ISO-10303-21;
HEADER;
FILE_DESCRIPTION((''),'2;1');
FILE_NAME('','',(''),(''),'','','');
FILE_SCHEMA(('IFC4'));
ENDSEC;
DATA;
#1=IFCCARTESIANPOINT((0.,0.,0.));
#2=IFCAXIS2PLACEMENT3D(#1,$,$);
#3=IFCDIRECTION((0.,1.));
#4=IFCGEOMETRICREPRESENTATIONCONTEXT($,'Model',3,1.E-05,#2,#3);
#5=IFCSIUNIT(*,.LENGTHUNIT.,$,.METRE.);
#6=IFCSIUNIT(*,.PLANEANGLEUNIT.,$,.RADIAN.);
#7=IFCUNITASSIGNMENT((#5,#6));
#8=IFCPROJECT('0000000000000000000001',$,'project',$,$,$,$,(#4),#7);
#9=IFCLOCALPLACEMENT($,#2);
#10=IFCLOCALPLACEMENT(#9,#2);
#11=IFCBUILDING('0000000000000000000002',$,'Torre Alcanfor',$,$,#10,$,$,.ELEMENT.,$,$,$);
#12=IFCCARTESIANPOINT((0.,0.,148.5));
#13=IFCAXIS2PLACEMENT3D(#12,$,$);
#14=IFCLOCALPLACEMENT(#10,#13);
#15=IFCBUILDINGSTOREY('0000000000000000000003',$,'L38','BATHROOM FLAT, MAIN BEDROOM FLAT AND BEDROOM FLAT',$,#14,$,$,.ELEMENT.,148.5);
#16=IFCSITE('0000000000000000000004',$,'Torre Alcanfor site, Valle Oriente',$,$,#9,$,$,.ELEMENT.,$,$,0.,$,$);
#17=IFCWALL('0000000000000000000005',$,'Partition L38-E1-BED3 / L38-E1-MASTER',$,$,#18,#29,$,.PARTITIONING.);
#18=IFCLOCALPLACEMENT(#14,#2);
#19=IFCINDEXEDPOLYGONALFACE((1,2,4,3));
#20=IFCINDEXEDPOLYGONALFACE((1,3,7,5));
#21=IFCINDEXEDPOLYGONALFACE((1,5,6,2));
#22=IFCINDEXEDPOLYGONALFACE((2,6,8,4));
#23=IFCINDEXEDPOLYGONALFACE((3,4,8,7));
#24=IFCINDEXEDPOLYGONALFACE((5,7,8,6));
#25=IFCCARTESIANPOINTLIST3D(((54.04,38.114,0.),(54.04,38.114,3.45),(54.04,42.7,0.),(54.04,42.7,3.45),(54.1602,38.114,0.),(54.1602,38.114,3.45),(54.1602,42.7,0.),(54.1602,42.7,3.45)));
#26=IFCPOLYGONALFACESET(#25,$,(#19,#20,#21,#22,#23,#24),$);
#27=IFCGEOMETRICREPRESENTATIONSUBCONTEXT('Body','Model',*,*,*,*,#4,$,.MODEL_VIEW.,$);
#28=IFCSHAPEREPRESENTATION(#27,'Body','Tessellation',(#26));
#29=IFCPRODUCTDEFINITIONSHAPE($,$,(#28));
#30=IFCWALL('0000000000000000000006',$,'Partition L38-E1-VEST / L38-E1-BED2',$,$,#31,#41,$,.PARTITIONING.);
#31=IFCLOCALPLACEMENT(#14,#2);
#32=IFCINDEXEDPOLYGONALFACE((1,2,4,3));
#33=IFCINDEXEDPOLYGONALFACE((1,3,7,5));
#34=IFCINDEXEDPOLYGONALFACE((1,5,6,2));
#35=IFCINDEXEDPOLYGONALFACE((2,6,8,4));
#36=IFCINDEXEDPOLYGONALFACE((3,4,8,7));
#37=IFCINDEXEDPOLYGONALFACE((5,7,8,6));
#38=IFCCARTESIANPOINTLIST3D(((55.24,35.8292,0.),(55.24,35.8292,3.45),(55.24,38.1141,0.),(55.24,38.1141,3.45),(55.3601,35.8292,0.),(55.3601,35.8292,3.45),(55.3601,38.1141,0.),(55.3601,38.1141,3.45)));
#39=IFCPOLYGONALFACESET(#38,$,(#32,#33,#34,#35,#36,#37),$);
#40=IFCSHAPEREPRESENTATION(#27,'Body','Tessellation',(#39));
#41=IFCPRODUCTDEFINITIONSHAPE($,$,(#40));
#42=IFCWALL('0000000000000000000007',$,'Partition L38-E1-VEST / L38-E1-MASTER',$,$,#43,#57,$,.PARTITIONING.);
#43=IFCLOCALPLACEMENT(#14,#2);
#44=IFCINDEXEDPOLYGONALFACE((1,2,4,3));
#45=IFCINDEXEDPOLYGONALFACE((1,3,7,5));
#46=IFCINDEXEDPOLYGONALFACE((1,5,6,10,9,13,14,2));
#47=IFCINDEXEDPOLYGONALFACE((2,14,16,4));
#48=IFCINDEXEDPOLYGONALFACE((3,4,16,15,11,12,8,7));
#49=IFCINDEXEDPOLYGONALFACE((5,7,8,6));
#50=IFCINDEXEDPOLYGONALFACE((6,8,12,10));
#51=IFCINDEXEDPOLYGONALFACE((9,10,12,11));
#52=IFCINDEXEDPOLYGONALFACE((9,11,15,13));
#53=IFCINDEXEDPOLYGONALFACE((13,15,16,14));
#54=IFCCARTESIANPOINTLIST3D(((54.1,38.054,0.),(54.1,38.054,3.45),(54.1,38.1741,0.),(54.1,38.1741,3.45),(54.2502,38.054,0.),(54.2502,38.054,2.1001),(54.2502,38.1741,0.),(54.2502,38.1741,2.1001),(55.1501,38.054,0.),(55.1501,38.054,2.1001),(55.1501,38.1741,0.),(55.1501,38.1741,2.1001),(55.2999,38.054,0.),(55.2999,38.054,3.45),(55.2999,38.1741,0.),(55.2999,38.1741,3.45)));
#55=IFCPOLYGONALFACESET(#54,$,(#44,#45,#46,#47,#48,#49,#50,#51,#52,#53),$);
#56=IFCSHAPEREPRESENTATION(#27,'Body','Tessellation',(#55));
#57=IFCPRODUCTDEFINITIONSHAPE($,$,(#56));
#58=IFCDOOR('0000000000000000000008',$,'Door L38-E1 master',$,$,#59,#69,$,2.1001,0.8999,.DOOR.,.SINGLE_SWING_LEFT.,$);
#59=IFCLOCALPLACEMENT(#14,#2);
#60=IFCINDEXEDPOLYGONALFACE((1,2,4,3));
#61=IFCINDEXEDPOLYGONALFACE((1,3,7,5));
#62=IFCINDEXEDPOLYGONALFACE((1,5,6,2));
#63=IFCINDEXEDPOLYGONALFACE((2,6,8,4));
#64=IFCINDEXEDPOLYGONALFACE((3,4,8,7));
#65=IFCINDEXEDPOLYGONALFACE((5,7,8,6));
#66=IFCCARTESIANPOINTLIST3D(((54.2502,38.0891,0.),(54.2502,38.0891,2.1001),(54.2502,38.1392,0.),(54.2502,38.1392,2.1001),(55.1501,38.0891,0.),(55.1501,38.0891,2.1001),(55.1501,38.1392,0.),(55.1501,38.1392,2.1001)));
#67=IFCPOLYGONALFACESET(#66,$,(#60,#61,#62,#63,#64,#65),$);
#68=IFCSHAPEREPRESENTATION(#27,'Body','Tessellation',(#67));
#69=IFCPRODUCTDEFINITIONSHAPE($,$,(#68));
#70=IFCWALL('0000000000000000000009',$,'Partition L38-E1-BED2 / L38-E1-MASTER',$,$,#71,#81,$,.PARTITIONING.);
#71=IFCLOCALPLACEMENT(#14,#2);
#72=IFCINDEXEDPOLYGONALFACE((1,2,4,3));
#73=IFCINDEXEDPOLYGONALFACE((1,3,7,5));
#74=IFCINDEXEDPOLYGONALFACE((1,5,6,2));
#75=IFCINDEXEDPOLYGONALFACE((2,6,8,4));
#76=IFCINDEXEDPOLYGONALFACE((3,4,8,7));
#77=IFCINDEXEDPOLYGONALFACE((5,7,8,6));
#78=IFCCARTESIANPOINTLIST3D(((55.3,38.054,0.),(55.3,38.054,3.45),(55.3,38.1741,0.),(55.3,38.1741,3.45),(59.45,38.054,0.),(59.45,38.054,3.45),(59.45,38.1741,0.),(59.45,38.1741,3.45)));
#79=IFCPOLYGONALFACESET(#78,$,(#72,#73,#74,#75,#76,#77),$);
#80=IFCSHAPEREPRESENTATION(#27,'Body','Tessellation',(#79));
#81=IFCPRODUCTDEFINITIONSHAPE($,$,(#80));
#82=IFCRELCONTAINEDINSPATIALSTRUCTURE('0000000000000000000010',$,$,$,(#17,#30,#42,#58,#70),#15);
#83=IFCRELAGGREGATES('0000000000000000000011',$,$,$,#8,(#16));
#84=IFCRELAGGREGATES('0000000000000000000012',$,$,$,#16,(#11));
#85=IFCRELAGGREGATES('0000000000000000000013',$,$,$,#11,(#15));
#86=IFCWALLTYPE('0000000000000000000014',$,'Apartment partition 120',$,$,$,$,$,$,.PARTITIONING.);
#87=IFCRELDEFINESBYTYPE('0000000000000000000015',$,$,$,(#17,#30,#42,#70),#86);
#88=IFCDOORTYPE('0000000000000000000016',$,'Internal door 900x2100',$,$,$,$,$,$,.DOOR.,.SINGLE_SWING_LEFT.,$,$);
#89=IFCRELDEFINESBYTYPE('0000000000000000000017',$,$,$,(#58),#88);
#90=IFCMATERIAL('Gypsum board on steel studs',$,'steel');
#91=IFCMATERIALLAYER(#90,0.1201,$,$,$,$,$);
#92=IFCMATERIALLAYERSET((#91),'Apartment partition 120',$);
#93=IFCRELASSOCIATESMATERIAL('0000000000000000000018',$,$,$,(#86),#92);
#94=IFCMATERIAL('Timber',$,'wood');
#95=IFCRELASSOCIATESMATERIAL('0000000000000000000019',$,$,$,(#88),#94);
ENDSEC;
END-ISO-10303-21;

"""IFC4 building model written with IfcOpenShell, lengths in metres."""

from ifc_helpers import new_model, si_unit, direction, frame, frame_2d, origin, place, context, subcontext, project, spatial, rectangle, extrude, material, layer, layer_set, type_object, element, fill, save


model = new_model("IFC4")

# Units and contexts
model_context = context("Model", 3, precision=1e-05, world=origin(), true_north=direction((0.0, 1.0)))
body_context = subcontext(model_context, "Body", "Model", "MODEL_VIEW")
ifc_project = project(units=[si_unit("LENGTHUNIT", "METRE"), si_unit("PLANEANGLEUNIT", "RADIAN")], contexts=[model_context])

# Site, building, storey
site_placement = place(None, origin())
site = spatial("IfcSite", under=ifc_project, at=site_placement, Name="Torre Alcanfor site, Valle Oriente", CompositionType="ELEMENT", RefElevation=0.0)
building_placement = place(site_placement, origin())
building = spatial("IfcBuilding", under=site, at=building_placement, Name="Torre Alcanfor", CompositionType="ELEMENT")
storey_placement = place(building_placement, frame((0.0, 0.0, 148.5)))
storey = spatial("IfcBuildingStorey", under=building, at=storey_placement, Name="L38", Description="BATHROOM FLAT, MAIN BEDROOM FLAT AND BEDROOM FLAT", CompositionType="ELEMENT", Elevation=148.5)

# Shared definitions
ifc_material_1 = material(Name="Gypsum board on steel studs", Category="steel")
ifc_layer_1 = layer(ifc_material_1, 0.1201)
ifc_layer_set_1 = layer_set([ifc_layer_1], Name="Apartment partition 120")
wall_type_1 = type_object("IfcWallType", Name="Apartment partition 120", PredefinedType="PARTITIONING", material=ifc_layer_set_1)
ifc_material_2 = material(Name="Timber", Category="wood")
door_type_1 = type_object("IfcDoorType", Name="Internal door 900x2100", OperationType="SINGLE_SWING_LEFT", PredefinedType="DOOR", material=ifc_material_2)

# Walls
wall_1_placement = place(storey_placement, frame((54.1001, 38.114, 0.0), z_axis=(0.0, 0.0, 1.0), x_axis=(0.0, 1.0, 0.0)))
element("IfcWall", 1, at=wall_1_placement, inside=storey, type_object=wall_type_1, Name="Partition L38-E1-BED3 / L38-E1-MASTER", PredefinedType="PARTITIONING", context=body_context, shape_type="SweptSolid", body=[
    extrude(rectangle(XDim=4.5859, YDim=0.1201, at=frame_2d((2.293, 0.0))), origin(), (0.0, 0.0, 1.0), 3.45),
])
wall_2_placement = place(storey_placement, frame((55.3, 35.8291, 0.0), z_axis=(0.0, 0.0, 1.0), x_axis=(0.0, 1.0, 0.0)))
element("IfcWall", 2, at=wall_2_placement, inside=storey, type_object=wall_type_1, Name="Partition L38-E1-VEST / L38-E1-BED2", PredefinedType="PARTITIONING", context=body_context, shape_type="SweptSolid", body=[
    extrude(rectangle(XDim=2.2849, YDim=0.1201, at=frame_2d((1.1426, 0.0))), origin(), (0.0, 0.0, 1.0), 3.45),
])

# Wall, opening, door
wall_3_placement = place(storey_placement, frame((55.3, 38.114, 0.0), z_axis=(0.0, 0.0, 1.0), x_axis=(-1.0, 0.0, 0.0)))
wall_3 = element("IfcWall", 3, at=wall_3_placement, inside=storey, type_object=wall_type_1, Name="Partition L38-E1-VEST / L38-E1-MASTER", PredefinedType="PARTITIONING", context=body_context, shape_type="SweptSolid", body=[
    extrude(rectangle(XDim=1.2, YDim=0.1201, at=frame_2d((0.6001, 0.0))), origin(), (0.0, 0.0, 1.0), 3.45),
])
opening_1_placement = place(wall_3_placement, frame((0.1499, 0.0, 0.0)))
opening_1 = element("IfcOpeningElement", 4, at=opening_1_placement, cuts=wall_3, PredefinedType="OPENING", context=body_context, shape_type="SweptSolid", body=[
    extrude(rectangle(XDim=0.8999, YDim=2.1001, at=frame_2d((0.45, 1.05))), frame((0.0, 0.0701, 0.0), z_axis=(0.0, -1.0, 0.0), x_axis=(1.0, 0.0, 0.0)), (0.0, 0.0, 1.0), 0.1401),
])
door_1_placement = place(opening_1_placement, origin())
door_1 = element("IfcDoor", 5, at=door_1_placement, inside=storey, type_object=door_type_1, Name="Door L38-E1 master", OperationType="SINGLE_SWING_LEFT", OverallHeight=2.1001, OverallWidth=0.8999, PredefinedType="DOOR", context=body_context, shape_type="SweptSolid", body=[
    extrude(rectangle(XDim=0.8999, YDim=2.1001, at=frame_2d((0.45, 1.05))), frame((0.0, 0.0249, 0.0), z_axis=(0.0, -1.0, 0.0), x_axis=(1.0, 0.0, 0.0)), (0.0, 0.0, 1.0), 0.05),
])
fill(opening_1, door_1)

# Wall
wall_4_placement = place(storey_placement, frame((59.45, 38.114, 0.0), z_axis=(0.0, 0.0, 1.0), x_axis=(-1.0, 0.0, 0.0)))
element("IfcWall", 6, at=wall_4_placement, inside=storey, type_object=wall_type_1, Name="Partition L38-E1-BED2 / L38-E1-MASTER", PredefinedType="PARTITIONING", context=body_context, shape_type="SweptSolid", body=[
    extrude(rectangle(XDim=4.1499, YDim=0.1201, at=frame_2d((2.075, 0.0))), origin(), (0.0, 0.0, 1.0), 3.45),
])

save(model, "model.ifc")
